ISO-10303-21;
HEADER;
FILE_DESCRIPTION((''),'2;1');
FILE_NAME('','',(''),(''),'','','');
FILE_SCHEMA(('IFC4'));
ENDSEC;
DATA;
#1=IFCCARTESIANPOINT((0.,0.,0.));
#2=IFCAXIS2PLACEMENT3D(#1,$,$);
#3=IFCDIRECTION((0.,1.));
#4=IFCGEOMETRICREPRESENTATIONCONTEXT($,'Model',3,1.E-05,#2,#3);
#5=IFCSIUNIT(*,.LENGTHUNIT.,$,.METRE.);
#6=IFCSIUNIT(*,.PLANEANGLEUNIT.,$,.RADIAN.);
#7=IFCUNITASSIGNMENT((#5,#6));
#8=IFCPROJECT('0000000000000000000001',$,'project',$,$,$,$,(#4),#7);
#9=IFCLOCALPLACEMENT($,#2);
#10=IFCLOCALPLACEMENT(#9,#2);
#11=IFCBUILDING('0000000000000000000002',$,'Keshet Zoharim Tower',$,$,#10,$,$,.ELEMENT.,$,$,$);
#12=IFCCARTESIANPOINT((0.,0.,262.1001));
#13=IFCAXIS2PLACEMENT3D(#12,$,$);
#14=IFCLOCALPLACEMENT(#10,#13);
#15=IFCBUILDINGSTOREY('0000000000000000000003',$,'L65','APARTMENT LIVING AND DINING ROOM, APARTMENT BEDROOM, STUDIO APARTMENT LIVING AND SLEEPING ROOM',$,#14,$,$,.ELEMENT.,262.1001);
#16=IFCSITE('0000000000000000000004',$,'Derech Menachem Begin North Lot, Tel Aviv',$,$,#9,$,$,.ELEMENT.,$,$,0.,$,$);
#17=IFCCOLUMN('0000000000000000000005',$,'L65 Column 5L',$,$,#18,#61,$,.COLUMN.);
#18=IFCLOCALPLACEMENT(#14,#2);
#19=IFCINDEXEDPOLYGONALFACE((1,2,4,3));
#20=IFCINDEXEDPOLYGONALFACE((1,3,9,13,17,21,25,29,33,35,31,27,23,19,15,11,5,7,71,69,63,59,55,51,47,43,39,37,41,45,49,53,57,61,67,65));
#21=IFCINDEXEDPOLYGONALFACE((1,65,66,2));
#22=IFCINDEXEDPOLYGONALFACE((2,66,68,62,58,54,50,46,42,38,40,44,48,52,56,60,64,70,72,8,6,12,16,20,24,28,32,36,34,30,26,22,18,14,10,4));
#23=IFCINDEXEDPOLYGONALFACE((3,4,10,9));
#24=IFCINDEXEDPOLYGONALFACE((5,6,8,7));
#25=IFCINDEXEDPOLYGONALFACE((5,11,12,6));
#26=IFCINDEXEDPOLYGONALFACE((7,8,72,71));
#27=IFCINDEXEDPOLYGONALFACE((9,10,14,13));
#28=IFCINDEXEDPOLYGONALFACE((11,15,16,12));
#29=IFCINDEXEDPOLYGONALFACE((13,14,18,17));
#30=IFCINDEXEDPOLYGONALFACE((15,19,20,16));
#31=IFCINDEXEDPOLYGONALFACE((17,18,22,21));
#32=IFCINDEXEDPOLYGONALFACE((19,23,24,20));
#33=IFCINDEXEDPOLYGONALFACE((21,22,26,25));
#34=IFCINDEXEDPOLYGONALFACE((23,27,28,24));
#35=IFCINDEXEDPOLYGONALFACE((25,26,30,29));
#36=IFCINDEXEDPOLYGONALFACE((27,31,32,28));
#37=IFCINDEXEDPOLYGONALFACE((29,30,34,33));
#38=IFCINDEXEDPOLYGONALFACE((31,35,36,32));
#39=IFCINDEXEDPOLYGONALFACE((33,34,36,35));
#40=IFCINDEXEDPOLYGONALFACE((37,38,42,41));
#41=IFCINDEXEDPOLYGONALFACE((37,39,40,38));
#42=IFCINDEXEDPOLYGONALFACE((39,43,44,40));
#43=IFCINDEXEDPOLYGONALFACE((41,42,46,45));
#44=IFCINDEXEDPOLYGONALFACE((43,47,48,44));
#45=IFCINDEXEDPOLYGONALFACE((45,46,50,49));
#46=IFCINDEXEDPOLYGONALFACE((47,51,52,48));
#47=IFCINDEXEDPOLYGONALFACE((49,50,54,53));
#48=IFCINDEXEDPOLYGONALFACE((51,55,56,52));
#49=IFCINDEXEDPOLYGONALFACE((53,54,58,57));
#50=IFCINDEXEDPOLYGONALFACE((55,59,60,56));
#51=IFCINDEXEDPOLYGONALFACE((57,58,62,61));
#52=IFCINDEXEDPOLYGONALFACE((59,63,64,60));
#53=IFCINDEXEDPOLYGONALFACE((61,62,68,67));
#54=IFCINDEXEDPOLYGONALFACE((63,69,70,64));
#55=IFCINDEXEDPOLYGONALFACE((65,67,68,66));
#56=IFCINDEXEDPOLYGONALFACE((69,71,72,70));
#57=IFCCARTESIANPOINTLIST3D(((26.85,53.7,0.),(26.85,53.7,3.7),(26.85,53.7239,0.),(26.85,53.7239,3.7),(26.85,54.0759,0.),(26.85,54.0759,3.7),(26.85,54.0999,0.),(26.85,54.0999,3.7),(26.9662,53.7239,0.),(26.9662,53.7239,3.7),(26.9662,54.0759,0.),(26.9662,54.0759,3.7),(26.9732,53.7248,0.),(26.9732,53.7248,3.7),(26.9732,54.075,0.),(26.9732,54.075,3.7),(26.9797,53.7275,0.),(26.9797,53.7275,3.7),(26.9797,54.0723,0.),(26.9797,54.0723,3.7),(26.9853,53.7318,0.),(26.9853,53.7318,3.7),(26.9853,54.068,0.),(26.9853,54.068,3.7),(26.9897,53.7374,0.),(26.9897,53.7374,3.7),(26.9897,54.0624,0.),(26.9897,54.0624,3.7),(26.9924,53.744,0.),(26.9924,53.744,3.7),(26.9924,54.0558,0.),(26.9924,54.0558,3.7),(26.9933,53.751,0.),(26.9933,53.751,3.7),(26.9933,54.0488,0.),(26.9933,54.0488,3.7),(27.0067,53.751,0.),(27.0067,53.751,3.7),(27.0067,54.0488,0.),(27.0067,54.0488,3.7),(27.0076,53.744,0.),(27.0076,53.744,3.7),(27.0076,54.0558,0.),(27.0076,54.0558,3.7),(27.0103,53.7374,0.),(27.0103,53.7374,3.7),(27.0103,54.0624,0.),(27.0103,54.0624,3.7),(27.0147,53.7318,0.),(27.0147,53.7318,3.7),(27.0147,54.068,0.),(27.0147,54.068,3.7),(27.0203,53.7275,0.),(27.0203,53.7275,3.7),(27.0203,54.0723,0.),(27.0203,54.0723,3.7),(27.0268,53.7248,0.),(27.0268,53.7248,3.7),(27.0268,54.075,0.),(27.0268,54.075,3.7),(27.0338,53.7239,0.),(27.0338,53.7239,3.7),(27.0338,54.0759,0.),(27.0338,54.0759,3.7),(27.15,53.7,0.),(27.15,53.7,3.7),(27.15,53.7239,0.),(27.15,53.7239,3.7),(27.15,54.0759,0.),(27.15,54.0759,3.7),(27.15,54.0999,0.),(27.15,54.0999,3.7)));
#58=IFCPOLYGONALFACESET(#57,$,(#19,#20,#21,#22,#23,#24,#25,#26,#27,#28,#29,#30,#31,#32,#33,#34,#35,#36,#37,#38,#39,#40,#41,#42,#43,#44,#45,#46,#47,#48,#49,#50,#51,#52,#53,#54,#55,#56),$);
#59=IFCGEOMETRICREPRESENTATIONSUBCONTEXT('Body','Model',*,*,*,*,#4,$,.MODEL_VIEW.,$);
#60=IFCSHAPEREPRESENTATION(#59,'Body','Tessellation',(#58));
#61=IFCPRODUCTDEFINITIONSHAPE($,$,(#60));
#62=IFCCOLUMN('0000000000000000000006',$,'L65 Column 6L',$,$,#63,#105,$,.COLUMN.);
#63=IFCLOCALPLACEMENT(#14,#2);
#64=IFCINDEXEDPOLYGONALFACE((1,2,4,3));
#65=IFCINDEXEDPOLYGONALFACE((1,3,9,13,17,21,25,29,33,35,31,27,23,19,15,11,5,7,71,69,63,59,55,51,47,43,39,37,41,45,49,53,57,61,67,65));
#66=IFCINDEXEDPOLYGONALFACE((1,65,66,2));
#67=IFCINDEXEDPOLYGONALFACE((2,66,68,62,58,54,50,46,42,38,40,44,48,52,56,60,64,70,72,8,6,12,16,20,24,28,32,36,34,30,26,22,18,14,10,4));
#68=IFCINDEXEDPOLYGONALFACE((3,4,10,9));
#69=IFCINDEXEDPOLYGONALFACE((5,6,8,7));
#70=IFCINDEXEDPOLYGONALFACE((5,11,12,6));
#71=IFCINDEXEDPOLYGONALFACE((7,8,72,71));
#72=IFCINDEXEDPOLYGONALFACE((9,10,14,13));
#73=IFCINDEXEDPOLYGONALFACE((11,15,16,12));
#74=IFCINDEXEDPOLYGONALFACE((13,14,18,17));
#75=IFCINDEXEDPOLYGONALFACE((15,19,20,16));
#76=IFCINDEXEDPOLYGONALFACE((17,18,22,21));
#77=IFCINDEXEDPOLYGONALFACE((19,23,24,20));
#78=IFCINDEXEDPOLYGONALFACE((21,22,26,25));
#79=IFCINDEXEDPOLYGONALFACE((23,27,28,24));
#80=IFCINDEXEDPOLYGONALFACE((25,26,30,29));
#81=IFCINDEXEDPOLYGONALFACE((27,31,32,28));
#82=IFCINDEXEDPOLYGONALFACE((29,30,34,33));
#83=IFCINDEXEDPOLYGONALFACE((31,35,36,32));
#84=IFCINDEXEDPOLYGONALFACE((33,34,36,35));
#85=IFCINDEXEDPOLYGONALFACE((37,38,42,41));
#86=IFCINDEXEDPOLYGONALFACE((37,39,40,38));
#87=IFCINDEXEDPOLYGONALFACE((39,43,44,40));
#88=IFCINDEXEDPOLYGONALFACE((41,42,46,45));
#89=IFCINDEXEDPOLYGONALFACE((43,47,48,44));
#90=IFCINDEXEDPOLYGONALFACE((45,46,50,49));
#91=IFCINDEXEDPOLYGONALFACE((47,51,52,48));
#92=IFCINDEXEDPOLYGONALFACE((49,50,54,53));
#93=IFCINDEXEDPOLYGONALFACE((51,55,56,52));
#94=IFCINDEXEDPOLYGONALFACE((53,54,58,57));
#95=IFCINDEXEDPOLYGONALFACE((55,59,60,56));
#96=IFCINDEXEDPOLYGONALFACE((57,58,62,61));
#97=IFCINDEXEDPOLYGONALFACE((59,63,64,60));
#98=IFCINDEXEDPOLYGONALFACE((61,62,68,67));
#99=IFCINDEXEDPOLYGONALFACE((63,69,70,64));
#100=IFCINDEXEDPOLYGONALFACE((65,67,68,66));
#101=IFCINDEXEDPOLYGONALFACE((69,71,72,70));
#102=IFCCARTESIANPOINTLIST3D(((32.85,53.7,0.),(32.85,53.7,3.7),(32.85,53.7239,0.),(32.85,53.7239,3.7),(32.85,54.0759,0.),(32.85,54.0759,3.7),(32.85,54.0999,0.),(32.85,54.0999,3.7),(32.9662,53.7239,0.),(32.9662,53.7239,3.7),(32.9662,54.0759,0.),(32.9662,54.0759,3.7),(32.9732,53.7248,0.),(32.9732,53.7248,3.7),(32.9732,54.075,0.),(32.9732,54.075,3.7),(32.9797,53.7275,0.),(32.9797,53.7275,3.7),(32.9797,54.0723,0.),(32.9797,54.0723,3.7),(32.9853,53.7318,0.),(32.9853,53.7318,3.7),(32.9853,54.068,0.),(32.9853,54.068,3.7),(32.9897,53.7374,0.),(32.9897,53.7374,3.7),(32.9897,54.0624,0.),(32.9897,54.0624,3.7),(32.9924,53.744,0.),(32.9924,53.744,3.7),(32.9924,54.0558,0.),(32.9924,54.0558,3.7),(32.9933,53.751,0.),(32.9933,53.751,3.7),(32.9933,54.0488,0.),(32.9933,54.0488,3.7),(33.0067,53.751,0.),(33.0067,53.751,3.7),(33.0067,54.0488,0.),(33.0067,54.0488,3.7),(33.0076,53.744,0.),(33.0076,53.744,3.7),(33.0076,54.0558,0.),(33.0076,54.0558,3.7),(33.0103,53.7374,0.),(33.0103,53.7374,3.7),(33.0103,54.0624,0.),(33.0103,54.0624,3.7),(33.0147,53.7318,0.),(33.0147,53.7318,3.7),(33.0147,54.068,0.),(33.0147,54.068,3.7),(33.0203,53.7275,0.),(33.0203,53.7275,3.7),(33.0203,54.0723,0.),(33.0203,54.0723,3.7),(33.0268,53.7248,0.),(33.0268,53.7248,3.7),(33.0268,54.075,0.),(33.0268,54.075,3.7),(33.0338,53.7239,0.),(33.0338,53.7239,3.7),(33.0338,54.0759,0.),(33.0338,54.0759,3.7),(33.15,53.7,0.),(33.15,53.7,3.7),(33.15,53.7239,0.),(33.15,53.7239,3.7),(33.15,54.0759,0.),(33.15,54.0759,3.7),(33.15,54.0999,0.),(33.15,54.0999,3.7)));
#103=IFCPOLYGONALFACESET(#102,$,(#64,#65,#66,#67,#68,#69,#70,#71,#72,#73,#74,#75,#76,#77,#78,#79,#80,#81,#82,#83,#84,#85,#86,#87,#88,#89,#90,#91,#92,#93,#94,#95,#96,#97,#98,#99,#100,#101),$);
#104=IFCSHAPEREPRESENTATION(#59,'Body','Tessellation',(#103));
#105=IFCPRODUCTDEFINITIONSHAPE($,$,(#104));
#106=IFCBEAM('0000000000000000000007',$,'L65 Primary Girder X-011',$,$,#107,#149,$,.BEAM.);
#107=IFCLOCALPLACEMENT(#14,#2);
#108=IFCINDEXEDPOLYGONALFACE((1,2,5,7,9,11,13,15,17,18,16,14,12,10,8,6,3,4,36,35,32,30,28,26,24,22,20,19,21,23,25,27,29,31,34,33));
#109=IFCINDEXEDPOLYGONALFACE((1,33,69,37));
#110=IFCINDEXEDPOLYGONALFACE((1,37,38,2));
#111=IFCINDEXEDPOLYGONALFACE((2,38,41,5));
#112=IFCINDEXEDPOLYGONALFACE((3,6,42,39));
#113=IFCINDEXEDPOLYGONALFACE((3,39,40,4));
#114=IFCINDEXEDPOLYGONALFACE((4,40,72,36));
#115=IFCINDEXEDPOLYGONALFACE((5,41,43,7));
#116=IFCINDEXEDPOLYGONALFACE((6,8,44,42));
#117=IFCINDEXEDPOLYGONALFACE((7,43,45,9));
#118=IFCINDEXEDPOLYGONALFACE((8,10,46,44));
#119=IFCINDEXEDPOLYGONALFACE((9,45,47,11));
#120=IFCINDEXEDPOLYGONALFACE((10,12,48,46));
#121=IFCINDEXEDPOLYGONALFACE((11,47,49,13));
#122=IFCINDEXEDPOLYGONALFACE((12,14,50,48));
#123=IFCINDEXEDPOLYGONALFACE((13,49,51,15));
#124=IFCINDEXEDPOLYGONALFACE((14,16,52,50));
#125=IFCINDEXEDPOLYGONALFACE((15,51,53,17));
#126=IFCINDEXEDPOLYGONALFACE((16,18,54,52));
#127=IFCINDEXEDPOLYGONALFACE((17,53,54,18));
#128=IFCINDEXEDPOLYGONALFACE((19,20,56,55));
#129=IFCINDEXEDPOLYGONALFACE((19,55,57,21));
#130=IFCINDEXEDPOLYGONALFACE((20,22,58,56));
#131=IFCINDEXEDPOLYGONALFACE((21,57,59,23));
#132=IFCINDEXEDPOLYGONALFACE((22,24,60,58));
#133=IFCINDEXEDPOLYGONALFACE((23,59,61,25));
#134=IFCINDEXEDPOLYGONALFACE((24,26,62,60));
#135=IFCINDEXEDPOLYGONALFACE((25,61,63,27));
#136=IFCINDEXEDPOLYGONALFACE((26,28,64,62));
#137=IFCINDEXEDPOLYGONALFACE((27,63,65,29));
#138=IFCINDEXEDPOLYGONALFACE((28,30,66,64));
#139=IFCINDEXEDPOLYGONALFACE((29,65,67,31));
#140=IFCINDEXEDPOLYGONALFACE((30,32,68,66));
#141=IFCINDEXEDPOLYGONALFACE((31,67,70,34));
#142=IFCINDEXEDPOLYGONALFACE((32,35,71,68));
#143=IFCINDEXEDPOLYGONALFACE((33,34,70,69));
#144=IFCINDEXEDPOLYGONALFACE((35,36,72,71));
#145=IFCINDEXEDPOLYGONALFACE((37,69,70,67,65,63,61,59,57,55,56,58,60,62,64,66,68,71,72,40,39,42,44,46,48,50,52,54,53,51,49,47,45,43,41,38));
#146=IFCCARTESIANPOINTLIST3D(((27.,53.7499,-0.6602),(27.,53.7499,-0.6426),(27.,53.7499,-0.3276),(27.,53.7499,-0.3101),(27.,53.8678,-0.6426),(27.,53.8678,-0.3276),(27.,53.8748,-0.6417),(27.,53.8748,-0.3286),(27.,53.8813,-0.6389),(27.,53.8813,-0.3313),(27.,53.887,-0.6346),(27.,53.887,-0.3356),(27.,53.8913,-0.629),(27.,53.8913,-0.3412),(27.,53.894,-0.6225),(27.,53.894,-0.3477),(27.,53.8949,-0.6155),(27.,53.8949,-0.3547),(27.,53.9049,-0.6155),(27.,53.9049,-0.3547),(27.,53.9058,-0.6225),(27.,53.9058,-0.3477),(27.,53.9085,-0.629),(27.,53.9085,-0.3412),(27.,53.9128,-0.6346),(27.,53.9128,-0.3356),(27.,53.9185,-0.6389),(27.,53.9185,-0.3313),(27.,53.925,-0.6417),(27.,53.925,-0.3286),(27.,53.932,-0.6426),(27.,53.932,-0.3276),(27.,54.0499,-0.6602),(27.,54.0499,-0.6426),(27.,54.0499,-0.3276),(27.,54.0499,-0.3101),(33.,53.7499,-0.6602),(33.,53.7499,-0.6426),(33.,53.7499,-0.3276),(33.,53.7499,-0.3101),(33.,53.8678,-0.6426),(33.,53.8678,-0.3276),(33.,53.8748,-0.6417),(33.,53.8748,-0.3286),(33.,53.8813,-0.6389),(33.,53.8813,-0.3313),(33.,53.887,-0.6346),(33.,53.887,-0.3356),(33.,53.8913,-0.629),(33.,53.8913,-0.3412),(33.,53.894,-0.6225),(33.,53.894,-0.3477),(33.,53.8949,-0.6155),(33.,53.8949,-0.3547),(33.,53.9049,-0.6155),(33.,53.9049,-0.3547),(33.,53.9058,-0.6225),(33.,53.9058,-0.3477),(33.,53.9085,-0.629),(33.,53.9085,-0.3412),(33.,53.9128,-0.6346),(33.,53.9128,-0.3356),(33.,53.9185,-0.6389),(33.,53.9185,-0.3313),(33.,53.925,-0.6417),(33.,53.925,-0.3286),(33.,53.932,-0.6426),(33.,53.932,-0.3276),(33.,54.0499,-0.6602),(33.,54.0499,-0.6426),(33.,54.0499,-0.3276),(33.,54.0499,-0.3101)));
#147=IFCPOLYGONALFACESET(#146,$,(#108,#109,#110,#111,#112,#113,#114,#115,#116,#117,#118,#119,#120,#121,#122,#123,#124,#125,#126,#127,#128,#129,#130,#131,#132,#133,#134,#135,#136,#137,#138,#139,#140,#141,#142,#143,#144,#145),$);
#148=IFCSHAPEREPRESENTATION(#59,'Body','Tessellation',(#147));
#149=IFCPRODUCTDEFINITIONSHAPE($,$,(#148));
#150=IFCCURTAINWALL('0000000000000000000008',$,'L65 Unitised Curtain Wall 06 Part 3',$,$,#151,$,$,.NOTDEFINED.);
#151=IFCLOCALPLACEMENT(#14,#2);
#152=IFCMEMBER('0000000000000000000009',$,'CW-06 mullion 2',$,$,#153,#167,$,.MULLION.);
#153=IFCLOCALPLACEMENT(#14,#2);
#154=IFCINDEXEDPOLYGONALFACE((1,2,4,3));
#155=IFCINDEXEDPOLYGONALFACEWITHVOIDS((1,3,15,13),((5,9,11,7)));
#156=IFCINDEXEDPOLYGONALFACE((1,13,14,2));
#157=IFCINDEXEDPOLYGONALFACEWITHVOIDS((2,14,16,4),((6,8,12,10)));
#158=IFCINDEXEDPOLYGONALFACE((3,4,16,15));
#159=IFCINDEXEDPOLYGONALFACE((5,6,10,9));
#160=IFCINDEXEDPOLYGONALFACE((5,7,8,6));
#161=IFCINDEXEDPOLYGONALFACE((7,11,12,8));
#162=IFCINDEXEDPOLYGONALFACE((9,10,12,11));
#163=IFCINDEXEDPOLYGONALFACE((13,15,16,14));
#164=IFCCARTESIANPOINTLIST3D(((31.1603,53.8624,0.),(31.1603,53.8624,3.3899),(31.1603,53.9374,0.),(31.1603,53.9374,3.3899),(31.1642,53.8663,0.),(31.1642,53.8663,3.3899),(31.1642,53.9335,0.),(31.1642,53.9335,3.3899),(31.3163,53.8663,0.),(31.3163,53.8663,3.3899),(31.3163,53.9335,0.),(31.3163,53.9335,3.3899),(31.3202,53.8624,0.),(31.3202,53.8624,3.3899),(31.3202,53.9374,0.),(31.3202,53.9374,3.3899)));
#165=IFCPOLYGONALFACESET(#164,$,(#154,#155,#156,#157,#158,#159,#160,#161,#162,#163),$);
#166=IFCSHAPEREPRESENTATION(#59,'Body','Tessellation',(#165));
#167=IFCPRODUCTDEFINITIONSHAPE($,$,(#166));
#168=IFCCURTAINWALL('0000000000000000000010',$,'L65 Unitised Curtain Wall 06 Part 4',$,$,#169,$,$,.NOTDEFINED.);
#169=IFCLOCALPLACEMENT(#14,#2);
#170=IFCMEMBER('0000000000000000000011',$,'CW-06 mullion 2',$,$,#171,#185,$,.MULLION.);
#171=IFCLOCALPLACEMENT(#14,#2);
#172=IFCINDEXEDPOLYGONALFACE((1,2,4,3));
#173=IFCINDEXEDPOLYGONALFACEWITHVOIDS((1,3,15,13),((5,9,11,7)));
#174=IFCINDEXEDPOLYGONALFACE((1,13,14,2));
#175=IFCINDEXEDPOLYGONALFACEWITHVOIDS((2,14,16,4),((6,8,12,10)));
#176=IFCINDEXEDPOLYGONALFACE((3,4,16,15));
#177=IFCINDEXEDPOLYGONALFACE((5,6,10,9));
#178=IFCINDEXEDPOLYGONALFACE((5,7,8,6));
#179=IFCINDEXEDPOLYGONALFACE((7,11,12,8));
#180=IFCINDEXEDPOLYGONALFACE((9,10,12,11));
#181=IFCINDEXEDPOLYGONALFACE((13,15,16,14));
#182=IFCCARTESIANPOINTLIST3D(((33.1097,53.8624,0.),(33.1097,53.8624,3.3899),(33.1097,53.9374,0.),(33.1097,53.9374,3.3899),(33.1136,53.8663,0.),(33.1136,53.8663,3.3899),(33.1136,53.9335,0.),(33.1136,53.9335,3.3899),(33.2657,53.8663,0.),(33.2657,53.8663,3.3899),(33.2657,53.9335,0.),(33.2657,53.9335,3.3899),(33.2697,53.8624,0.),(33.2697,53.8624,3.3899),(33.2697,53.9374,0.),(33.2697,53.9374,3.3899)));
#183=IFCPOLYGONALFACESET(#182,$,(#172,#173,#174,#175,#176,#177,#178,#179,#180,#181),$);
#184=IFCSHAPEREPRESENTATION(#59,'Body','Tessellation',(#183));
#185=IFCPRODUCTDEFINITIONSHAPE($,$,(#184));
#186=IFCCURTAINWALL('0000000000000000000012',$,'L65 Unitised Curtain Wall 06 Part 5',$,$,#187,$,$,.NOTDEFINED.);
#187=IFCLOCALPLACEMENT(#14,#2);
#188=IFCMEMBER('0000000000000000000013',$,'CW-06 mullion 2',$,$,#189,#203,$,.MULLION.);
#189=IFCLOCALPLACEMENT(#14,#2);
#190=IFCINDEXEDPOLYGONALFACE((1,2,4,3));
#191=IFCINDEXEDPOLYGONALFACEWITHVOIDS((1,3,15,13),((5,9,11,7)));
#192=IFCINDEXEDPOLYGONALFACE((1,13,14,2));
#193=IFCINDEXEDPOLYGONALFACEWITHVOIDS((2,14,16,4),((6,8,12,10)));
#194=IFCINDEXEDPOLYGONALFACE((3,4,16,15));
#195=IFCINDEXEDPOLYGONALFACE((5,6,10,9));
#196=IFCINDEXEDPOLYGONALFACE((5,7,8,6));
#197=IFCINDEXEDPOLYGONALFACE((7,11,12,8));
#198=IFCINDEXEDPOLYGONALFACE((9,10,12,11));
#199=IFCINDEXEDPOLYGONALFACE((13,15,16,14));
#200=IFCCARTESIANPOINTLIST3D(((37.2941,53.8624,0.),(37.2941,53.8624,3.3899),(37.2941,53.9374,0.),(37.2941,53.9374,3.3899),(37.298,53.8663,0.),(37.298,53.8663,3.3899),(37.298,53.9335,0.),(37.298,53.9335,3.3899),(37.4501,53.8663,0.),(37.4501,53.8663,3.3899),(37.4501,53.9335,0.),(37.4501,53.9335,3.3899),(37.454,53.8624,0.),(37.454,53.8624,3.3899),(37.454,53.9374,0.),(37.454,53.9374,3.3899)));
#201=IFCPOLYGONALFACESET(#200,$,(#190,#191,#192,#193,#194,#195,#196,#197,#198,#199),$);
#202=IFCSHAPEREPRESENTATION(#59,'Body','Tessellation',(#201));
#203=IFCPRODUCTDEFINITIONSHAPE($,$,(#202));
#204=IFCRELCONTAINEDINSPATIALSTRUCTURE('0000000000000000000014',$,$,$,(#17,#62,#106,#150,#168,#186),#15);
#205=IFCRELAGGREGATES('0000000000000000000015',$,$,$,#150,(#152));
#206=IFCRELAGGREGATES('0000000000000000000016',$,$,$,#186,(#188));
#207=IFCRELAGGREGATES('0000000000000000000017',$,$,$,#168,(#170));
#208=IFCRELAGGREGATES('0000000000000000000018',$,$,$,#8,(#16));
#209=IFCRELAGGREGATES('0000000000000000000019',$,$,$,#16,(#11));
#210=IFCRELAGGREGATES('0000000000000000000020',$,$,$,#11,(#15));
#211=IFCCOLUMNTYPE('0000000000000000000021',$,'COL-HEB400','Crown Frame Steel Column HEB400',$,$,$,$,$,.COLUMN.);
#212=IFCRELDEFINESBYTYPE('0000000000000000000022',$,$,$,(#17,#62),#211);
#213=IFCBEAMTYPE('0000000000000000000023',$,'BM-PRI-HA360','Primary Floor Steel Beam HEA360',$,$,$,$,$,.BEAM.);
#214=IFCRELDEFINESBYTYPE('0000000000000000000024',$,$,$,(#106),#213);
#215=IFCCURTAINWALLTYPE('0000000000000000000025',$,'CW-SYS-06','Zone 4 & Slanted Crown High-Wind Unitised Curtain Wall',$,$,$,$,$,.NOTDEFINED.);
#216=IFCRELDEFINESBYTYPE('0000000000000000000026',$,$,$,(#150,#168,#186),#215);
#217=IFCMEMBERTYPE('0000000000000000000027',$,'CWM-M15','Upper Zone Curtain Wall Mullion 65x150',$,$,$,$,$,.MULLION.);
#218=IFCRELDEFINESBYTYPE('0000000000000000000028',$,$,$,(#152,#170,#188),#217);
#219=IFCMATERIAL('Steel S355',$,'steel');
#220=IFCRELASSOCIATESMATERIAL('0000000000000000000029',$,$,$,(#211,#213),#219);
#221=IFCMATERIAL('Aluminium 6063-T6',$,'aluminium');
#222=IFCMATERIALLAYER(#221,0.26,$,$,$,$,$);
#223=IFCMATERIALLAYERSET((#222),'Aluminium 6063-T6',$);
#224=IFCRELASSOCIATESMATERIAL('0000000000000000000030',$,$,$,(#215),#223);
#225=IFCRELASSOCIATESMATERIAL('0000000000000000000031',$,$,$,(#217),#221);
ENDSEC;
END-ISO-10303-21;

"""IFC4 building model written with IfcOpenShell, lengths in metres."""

from ifc_helpers import new_model, si_unit, direction, frame, origin, origin_2d, place, context, subcontext, project, spatial, hollow_rectangle, i_section, extrude, material, layer, layer_set, material_profile, profile_set, type_object, element, aggregate, save


model = new_model("IFC4")

# Units and contexts
model_context = context("Model", 3, precision=1e-05, world=origin(), true_north=direction((0.0, 1.0)))
body_context = subcontext(model_context, "Body", "Model", "MODEL_VIEW")
ifc_project = project(units=[si_unit("LENGTHUNIT", "METRE"), si_unit("PLANEANGLEUNIT", "RADIAN")], contexts=[model_context])

# Site, building, storey
site_placement = place(None, origin())
site = spatial("IfcSite", under=ifc_project, at=site_placement, Name="Derech Menachem Begin North Lot, Tel Aviv", CompositionType="ELEMENT", RefElevation=0.0)
building_placement = place(site_placement, origin())
building = spatial("IfcBuilding", under=site, at=building_placement, Name="Keshet Zoharim Tower", CompositionType="ELEMENT")
storey_placement = place(building_placement, frame((0.0, 0.0, 262.1001)))
storey = spatial("IfcBuildingStorey", under=building, at=storey_placement, Name="L65", Description="APARTMENT LIVING AND DINING ROOM, APARTMENT BEDROOM, STUDIO APARTMENT LIVING AND SLEEPING ROOM", CompositionType="ELEMENT", Elevation=262.1001)

# Columns
ifc_material_1 = material(Name="Steel S355", Category="steel")
ifc_material_profile_1 = material_profile(ifc_material_1, i_section(OverallWidth=0.3, OverallDepth=0.3999, WebThickness=0.0134, FlangeThickness=0.0239, FilletRadius=0.0271, at=origin_2d()), Name="HEB400")
ifc_profile_set_1 = profile_set([ifc_material_profile_1], Name="Steel S355")
column_type = type_object("IfcColumnType", Name="COL-HEB400", Description="Crown Frame Steel Column HEB400", PredefinedType="COLUMN", material=ifc_profile_set_1)
for number, where, z_axis, x_axis, name in (
    (1, (27.0, 53.8999, 0.0), (0.0, 0.0, 1.0), (1.0, 0.0, 0.0), "L65 Column 5L"),
    (2, (33.0, 53.8999, 0.0), (0.0, 0.0, 1.0), (1.0, 0.0, 0.0), "L65 Column 6L"),
):
    element("IfcColumn", number, at=place(storey_placement, frame(where, z_axis=z_axis, x_axis=x_axis)), inside=storey, type_object=column_type, Name=name, PredefinedType="COLUMN", context=body_context, shape_type="SweptSolid", body=[
        extrude(i_section(OverallWidth=0.3, OverallDepth=0.3999, WebThickness=0.0134, FlangeThickness=0.0239, FilletRadius=0.0271, at=origin_2d()), origin(), (0.0, 0.0, 1.0), 3.7),
    ])

# Beam
ifc_material_profile_2 = material_profile(ifc_material_1, i_section(OverallWidth=0.3, OverallDepth=0.3501, WebThickness=0.01, FlangeThickness=0.0176, FilletRadius=0.0271, at=origin_2d()), Name="HEA360")
ifc_profile_set_2 = profile_set([ifc_material_profile_2], Name="Steel S355")
beam_type = type_object("IfcBeamType", Name="BM-PRI-HA360", Description="Primary Floor Steel Beam HEA360", PredefinedType="BEAM", material=ifc_profile_set_2)
beam_placement = place(storey_placement, frame((27.0, 53.8999, -0.4851), z_axis=(1.0, 0.0, 0.0), x_axis=(0.0, 1.0, 0.0)))
element("IfcBeam", 3, at=beam_placement, inside=storey, type_object=beam_type, Name="L65 Primary Girder X-011", PredefinedType="BEAM", context=body_context, shape_type="SweptSolid", body=[
    extrude(i_section(OverallWidth=0.3, OverallDepth=0.3501, WebThickness=0.01, FlangeThickness=0.0176, FilletRadius=0.0271, at=origin_2d()), origin(), (0.0, 0.0, 1.0), 6.0),
])

# Curtain walls, members
ifc_material_2 = material(Name="Aluminium 6063-T6", Category="aluminium")
ifc_layer_1 = layer(ifc_material_2, 0.26)
ifc_layer_set_1 = layer_set([ifc_layer_1], Name="Aluminium 6063-T6")
curtain_wall_type = type_object("IfcCurtainWallType", Name="CW-SYS-06", Description="Zone 4 & Slanted Crown High-Wind Unitised Curtain Wall", PredefinedType="NOTDEFINED", material=ifc_layer_set_1)
curtain_wall_1_placement = place(storey_placement, origin())
curtain_wall_1 = element("IfcCurtainWall", 4, at=curtain_wall_1_placement, inside=storey, type_object=curtain_wall_type, Name="L65 Unitised Curtain Wall 06 Part 3", PredefinedType="NOTDEFINED")
ifc_material_profile_3 = material_profile(ifc_material_2, hollow_rectangle(XDim=0.075, YDim=0.1599, WallThickness=0.0039, at=origin_2d()), Name="MUL-75x160")
ifc_profile_set_3 = profile_set([ifc_material_profile_3], Name="Aluminium 6063-T6")
member_type_1 = type_object("IfcMemberType", Name="CWM-M15", Description="Upper Zone Curtain Wall Mullion 65x150", PredefinedType="MULLION", material=ifc_profile_set_3)
member_1_placement = place(storey_placement, frame((31.2402, 53.8999, 0.0), z_axis=(0.0, 0.0, 1.0), x_axis=(0.0, 1.0, 0.0)))
member_1 = element("IfcMember", 5, at=member_1_placement, type_object=member_type_1, Name="CW-06 mullion 2", PredefinedType="MULLION", context=body_context, shape_type="SweptSolid", body=[
    extrude(hollow_rectangle(XDim=0.075, YDim=0.1599, WallThickness=0.0039, at=origin_2d()), origin(), (0.0, 0.0, 1.0), 3.3899),
])
curtain_wall_2_placement = place(storey_placement, origin())
curtain_wall_2 = element("IfcCurtainWall", 6, at=curtain_wall_2_placement, inside=storey, type_object=curtain_wall_type, Name="L65 Unitised Curtain Wall 06 Part 4", PredefinedType="NOTDEFINED")
member_2_placement = place(storey_placement, frame((33.1897, 53.8999, 0.0), z_axis=(0.0, 0.0, 1.0), x_axis=(0.0, 1.0, 0.0)))
member_2 = element("IfcMember", 7, at=member_2_placement, type_object=member_type_1, Name="CW-06 mullion 2", PredefinedType="MULLION", context=body_context, shape_type="SweptSolid", body=[
    extrude(hollow_rectangle(XDim=0.075, YDim=0.1599, WallThickness=0.0039, at=origin_2d()), origin(), (0.0, 0.0, 1.0), 3.3899),
])
curtain_wall_3_placement = place(storey_placement, origin())
curtain_wall_3 = element("IfcCurtainWall", 8, at=curtain_wall_3_placement, inside=storey, type_object=curtain_wall_type, Name="L65 Unitised Curtain Wall 06 Part 5", PredefinedType="NOTDEFINED")
member_3_placement = place(storey_placement, frame((37.374, 53.8999, 0.0), z_axis=(0.0, 0.0, 1.0), x_axis=(0.0, 1.0, 0.0)))
member_3 = element("IfcMember", 9, at=member_3_placement, type_object=member_type_1, Name="CW-06 mullion 2", PredefinedType="MULLION", context=body_context, shape_type="SweptSolid", body=[
    extrude(hollow_rectangle(XDim=0.075, YDim=0.1599, WallThickness=0.0039, at=origin_2d()), origin(), (0.0, 0.0, 1.0), 3.3899),
])

aggregate(curtain_wall_1, [member_1])
aggregate(curtain_wall_3, [member_3])
aggregate(curtain_wall_2, [member_2])

save(model, "model.ifc")
